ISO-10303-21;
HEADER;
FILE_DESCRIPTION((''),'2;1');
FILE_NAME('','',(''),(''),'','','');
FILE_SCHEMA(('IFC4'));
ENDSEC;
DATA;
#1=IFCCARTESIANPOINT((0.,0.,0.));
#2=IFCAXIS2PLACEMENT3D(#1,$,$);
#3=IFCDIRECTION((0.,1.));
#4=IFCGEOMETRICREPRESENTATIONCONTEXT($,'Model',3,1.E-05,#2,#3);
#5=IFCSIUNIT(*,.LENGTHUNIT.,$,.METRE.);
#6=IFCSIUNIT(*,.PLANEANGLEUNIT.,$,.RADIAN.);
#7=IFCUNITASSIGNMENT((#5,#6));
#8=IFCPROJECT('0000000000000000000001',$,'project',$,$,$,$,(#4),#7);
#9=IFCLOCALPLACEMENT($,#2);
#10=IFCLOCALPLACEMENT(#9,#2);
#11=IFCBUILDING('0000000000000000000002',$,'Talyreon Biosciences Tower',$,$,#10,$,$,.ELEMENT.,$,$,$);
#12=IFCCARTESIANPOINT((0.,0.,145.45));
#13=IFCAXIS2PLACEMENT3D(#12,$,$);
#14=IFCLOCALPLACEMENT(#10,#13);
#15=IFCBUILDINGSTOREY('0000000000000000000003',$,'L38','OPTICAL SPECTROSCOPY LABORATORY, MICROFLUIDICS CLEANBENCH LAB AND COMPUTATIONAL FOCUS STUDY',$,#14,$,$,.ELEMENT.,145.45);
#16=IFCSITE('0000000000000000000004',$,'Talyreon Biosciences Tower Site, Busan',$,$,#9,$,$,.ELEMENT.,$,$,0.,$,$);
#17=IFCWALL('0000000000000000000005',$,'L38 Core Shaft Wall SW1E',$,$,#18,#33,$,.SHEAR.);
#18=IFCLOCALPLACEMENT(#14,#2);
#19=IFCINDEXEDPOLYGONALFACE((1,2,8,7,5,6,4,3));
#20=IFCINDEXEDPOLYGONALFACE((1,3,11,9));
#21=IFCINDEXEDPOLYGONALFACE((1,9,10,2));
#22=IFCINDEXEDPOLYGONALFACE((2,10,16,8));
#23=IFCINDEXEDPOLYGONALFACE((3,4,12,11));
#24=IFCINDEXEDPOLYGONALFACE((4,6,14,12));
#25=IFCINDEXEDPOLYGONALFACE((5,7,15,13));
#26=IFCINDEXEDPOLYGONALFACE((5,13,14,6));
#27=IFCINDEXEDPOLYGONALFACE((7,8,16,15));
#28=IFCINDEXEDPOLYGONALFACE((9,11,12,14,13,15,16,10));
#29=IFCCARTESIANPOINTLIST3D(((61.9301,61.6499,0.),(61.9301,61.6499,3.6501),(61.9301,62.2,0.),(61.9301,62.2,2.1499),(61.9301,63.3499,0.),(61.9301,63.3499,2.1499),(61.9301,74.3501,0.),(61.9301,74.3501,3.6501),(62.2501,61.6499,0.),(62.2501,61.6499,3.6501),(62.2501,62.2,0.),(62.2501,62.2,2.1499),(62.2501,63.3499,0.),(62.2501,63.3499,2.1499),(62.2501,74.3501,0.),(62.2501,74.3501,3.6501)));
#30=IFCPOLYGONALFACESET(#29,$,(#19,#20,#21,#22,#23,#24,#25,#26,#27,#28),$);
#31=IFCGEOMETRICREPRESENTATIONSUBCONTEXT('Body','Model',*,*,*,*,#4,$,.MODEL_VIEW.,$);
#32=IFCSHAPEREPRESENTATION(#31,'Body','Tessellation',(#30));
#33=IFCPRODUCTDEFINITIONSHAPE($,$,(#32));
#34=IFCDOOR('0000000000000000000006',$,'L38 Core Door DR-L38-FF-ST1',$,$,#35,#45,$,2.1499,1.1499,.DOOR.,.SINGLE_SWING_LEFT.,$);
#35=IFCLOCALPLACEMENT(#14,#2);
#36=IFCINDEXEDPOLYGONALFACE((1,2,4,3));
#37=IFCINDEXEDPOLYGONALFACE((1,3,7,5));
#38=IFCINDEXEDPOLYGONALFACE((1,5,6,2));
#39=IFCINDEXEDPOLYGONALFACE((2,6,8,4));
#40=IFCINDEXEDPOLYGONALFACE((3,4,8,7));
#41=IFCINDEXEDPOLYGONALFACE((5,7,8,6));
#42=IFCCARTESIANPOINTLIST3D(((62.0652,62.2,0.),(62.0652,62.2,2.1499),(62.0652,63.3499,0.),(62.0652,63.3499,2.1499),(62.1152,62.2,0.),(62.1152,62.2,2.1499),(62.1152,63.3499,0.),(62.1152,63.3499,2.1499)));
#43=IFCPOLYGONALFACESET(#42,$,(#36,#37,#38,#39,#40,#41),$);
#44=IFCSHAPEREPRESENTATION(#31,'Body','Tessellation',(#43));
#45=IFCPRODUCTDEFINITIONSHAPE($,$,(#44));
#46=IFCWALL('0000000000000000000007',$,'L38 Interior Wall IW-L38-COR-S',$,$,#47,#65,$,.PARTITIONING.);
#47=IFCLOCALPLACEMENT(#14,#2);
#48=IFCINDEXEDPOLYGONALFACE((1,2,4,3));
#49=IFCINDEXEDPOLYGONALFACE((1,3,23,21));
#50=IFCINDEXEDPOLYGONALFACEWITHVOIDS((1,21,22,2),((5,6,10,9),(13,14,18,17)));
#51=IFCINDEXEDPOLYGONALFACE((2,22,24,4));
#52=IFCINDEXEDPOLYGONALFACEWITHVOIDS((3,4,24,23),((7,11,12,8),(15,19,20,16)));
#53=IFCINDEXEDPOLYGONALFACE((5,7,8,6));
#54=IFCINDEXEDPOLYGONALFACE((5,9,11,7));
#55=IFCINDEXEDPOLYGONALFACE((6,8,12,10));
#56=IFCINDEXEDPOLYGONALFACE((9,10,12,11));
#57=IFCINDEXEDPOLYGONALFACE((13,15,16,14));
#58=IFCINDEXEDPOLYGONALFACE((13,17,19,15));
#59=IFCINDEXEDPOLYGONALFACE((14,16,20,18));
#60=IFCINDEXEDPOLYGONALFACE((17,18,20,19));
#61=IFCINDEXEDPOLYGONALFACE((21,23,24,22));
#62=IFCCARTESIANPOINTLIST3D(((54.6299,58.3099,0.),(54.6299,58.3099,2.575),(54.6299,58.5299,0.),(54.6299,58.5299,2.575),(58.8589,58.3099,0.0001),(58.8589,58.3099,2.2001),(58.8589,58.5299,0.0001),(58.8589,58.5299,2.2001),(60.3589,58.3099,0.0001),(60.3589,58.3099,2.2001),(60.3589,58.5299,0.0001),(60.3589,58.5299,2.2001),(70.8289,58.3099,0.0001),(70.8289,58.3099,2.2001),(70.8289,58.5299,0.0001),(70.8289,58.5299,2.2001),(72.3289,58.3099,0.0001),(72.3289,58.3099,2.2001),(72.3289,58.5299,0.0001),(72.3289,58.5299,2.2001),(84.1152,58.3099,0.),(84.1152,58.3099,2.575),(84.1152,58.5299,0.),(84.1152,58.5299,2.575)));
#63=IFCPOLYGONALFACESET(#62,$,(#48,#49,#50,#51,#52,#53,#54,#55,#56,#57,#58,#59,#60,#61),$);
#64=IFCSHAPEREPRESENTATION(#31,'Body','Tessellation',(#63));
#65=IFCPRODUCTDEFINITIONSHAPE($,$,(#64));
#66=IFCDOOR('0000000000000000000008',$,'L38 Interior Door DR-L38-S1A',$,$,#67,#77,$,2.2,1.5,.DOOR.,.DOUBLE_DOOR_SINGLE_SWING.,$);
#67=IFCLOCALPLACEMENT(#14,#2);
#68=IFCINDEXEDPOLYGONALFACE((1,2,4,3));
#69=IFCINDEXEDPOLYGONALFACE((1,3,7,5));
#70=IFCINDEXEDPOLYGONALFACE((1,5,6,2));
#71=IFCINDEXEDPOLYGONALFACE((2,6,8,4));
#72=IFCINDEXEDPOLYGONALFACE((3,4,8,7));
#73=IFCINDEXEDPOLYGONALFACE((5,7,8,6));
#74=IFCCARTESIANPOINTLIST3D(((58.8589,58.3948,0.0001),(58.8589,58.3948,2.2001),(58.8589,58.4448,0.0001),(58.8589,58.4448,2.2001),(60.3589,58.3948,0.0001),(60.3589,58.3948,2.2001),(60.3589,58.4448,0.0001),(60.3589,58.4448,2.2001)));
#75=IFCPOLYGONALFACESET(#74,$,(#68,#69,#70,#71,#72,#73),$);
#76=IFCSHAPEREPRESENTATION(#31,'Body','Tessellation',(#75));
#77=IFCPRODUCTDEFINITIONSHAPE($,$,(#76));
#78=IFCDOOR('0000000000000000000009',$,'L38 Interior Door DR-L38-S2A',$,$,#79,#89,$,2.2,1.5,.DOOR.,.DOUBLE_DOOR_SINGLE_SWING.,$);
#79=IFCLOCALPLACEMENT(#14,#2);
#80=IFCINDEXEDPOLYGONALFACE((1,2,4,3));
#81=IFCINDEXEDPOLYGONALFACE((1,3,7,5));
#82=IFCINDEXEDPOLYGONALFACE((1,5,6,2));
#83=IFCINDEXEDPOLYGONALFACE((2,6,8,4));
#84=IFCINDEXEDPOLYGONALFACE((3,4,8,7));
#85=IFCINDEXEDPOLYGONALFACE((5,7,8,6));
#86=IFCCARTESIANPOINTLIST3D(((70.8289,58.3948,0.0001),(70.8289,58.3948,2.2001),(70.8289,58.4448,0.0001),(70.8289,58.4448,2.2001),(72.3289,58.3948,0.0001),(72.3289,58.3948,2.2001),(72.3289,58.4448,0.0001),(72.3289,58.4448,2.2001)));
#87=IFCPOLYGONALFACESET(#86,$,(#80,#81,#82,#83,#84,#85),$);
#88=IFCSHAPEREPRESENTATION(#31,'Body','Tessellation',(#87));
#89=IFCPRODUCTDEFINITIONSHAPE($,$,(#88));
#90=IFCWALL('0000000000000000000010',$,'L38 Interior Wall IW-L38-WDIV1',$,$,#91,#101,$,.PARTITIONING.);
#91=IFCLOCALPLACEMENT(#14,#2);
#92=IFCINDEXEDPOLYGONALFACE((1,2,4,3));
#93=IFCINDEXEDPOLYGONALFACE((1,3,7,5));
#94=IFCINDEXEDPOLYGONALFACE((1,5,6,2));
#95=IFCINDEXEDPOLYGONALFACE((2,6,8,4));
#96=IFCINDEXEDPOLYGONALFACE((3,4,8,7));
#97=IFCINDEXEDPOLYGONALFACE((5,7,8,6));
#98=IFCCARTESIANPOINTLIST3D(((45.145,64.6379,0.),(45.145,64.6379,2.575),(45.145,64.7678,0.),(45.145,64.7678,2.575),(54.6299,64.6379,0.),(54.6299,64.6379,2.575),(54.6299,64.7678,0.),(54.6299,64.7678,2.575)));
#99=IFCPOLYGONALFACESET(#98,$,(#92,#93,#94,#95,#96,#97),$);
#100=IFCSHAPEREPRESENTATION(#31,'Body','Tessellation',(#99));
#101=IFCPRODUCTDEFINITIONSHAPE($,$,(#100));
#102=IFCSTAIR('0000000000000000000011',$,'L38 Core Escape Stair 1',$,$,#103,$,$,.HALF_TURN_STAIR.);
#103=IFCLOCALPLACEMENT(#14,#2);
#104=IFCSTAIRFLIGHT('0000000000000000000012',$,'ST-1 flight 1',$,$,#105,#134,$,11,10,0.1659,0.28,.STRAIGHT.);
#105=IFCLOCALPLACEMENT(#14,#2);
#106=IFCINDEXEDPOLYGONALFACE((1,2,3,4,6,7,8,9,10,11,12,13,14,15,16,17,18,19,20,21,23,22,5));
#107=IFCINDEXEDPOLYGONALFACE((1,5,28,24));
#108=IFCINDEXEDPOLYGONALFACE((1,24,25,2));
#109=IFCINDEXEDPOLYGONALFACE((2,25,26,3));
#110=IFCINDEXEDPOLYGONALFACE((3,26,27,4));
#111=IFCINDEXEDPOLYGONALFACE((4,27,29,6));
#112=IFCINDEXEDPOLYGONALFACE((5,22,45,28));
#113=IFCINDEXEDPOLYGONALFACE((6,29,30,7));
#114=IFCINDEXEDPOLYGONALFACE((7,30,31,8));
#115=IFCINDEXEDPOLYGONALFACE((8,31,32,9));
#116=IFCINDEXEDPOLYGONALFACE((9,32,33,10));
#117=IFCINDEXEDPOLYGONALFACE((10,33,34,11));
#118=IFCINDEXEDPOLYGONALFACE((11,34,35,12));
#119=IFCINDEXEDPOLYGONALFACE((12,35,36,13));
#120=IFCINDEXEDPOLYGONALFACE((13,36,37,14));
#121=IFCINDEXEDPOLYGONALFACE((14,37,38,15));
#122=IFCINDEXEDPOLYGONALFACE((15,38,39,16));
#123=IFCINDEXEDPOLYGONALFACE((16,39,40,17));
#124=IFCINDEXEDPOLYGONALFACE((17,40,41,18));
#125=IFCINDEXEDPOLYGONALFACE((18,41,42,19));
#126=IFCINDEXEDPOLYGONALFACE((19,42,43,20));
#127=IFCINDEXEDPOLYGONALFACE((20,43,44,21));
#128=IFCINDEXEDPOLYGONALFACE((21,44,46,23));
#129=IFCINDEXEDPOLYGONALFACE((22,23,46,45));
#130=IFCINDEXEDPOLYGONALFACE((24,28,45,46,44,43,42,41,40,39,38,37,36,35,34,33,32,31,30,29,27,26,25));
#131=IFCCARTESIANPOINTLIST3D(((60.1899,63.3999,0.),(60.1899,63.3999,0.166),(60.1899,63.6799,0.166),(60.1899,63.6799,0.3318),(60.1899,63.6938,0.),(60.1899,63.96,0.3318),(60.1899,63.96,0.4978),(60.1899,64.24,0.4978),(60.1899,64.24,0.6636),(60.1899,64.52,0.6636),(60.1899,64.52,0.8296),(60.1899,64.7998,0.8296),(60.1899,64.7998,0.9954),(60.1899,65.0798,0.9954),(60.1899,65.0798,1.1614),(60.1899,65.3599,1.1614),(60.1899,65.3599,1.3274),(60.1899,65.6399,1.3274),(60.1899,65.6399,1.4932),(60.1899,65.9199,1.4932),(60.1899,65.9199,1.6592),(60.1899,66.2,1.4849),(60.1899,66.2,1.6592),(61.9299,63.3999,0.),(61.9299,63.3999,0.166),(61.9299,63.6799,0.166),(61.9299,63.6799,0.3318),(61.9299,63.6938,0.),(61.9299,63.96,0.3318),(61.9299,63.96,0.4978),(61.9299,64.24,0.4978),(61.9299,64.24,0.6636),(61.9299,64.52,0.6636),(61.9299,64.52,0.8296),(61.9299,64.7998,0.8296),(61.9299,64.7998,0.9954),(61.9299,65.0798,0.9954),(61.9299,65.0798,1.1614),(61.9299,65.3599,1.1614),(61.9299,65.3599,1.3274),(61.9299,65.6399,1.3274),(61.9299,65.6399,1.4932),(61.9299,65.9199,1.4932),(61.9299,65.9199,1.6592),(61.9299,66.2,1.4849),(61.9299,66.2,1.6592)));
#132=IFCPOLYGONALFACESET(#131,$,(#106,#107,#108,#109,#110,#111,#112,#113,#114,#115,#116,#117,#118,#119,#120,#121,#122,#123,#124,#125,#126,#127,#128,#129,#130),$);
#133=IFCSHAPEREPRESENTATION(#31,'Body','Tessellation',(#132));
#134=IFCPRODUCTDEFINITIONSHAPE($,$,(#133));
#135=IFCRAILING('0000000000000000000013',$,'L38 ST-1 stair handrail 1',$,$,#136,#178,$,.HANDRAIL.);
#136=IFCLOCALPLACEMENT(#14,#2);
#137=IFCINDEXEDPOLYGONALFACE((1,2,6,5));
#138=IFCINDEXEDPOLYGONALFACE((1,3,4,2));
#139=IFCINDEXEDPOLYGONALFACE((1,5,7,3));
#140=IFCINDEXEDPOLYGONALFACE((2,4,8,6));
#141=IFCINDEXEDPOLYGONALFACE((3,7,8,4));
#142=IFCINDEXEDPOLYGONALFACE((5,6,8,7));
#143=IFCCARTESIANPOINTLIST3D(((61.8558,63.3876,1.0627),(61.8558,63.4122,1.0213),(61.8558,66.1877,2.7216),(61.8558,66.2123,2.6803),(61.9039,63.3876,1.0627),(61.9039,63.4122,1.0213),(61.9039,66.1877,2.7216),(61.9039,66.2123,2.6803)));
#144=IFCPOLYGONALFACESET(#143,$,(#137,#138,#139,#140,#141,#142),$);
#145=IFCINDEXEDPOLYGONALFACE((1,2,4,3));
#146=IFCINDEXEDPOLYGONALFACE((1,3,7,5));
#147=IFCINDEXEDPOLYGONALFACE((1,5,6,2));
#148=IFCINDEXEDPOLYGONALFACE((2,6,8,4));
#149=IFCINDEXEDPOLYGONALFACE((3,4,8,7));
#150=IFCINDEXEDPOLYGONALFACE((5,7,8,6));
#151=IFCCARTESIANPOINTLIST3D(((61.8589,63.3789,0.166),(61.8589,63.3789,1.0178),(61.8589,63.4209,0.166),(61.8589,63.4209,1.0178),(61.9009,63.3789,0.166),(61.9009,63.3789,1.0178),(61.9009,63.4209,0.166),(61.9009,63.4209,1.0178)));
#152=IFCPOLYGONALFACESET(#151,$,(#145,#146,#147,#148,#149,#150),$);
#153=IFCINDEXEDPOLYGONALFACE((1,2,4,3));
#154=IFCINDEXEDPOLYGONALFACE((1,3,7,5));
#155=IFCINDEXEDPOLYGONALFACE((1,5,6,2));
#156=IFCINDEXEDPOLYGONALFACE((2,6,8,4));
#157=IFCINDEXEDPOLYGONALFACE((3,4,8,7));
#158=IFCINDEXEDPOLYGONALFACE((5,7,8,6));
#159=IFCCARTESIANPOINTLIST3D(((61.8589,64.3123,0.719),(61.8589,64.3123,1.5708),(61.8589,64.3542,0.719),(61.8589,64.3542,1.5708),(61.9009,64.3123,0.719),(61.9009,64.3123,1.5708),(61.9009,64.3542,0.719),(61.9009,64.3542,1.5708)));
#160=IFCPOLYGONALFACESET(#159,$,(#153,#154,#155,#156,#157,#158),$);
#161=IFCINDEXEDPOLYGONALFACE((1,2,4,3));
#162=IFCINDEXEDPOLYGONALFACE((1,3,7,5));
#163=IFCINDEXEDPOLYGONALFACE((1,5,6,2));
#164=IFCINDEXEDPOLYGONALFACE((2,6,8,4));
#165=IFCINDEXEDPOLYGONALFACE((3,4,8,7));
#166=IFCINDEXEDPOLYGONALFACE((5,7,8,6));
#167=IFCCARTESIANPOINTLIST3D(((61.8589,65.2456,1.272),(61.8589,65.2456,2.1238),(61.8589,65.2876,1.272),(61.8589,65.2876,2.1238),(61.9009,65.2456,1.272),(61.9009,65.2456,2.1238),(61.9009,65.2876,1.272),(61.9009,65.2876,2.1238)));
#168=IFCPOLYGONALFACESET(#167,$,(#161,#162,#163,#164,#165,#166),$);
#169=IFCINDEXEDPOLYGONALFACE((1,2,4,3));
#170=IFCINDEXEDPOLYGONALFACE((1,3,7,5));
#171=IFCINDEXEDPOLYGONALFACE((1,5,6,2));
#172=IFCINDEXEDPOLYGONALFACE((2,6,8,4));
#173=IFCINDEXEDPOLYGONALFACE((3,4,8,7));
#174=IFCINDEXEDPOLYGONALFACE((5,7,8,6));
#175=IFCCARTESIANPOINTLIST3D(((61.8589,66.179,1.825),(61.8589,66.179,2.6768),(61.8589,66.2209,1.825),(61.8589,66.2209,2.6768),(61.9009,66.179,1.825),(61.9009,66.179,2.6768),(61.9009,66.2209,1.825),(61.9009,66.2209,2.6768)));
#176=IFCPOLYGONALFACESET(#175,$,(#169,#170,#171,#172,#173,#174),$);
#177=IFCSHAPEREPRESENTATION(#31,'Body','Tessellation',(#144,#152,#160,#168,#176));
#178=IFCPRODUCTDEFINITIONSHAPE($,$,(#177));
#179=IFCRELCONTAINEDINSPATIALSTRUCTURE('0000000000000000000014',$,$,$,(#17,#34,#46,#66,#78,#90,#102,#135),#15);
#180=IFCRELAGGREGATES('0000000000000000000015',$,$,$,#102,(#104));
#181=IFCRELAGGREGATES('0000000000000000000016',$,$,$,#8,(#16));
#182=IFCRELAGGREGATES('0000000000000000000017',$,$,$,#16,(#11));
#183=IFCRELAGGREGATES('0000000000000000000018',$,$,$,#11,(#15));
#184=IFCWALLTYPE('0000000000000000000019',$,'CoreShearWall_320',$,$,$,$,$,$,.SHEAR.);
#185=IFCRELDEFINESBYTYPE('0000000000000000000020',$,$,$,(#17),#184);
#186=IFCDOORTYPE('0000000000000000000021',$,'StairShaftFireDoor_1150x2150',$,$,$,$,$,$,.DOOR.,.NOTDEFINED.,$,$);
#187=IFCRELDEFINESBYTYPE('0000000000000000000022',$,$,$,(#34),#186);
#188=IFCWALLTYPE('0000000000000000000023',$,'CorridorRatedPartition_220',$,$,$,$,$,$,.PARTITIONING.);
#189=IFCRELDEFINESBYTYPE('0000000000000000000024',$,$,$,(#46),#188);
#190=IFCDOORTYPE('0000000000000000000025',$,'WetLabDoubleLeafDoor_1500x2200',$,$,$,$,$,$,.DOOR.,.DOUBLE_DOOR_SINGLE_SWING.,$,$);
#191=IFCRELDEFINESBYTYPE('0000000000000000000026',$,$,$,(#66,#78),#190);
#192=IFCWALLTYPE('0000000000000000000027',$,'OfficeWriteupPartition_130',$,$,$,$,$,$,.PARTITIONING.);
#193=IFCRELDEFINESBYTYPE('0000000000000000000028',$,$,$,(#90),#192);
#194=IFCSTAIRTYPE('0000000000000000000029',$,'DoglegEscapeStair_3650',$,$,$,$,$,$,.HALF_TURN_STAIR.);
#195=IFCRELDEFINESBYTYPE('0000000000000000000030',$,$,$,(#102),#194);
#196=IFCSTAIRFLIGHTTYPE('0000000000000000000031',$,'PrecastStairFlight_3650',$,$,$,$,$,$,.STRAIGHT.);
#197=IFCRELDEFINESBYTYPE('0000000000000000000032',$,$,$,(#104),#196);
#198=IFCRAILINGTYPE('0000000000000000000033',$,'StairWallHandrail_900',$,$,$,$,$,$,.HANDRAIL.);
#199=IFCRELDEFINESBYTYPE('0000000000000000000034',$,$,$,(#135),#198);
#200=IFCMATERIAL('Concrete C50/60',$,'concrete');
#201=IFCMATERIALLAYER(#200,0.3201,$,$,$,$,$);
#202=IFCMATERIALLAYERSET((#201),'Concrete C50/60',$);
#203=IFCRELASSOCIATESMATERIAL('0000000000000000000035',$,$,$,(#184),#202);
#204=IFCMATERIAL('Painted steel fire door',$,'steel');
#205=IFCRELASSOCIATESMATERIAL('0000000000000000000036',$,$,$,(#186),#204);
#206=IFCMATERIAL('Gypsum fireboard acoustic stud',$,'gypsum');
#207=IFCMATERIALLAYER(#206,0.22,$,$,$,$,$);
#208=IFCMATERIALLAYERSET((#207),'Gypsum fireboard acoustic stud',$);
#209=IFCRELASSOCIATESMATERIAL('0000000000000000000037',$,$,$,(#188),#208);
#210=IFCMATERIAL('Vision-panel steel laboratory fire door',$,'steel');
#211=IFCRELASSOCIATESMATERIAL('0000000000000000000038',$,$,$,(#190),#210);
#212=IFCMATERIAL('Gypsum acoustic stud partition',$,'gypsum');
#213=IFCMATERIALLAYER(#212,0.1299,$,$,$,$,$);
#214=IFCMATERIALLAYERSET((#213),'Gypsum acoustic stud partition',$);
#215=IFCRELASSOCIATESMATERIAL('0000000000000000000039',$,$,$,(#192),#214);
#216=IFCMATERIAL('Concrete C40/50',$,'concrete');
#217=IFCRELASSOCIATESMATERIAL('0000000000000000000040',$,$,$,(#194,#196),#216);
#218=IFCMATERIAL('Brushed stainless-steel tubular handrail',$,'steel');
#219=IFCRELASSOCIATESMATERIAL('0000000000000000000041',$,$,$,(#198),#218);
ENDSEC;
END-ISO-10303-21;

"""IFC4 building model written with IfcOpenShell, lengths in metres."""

from ifc_helpers import new_model, si_unit, direction, frame, frame_2d, origin, origin_2d, place, context, subcontext, project, spatial, polyline, rectangle, outline, extrude, material, layer, layer_set, type_object, element, fill, aggregate, save


model = new_model("IFC4")

# Units and contexts
model_context = context("Model", 3, precision=1e-05, world=origin(), true_north=direction((0.0, 1.0)))
body_context = subcontext(model_context, "Body", "Model", "MODEL_VIEW")
ifc_project = project(units=[si_unit("LENGTHUNIT", "METRE"), si_unit("PLANEANGLEUNIT", "RADIAN")], contexts=[model_context])

# Site, building, storey
site_placement = place(None, origin())
site = spatial("IfcSite", under=ifc_project, at=site_placement, Name="Talyreon Biosciences Tower Site, Busan", CompositionType="ELEMENT", RefElevation=0.0)
building_placement = place(site_placement, origin())
building = spatial("IfcBuilding", under=site, at=building_placement, Name="Talyreon Biosciences Tower", CompositionType="ELEMENT")
storey_placement = place(building_placement, frame((0.0, 0.0, 145.45)))
storey = spatial("IfcBuildingStorey", under=building, at=storey_placement, Name="L38", Description="OPTICAL SPECTROSCOPY LABORATORY, MICROFLUIDICS CLEANBENCH LAB AND COMPUTATIONAL FOCUS STUDY", CompositionType="ELEMENT", Elevation=145.45)

# Shared definitions
ifc_material_1 = material(Name="Concrete C50/60", Category="concrete")

# Wall, opening, door
ifc_layer_1 = layer(ifc_material_1, 0.3201)
ifc_layer_set_1 = layer_set([ifc_layer_1], Name="Concrete C50/60")
wall_type_1 = type_object("IfcWallType", Name="CoreShearWall_320", PredefinedType="SHEAR", material=ifc_layer_set_1)
wall_1_placement = place(storey_placement, frame((62.0901, 61.6499, 0.0), z_axis=(0.0, 0.0, 1.0), x_axis=(0.0, 1.0, 0.0)))
wall_1 = element("IfcWall", 1, at=wall_1_placement, inside=storey, type_object=wall_type_1, Name="L38 Core Shaft Wall SW1E", PredefinedType="SHEAR", context=body_context, shape_type="SweptSolid", body=[
    extrude(rectangle(XDim=12.7002, YDim=0.3201, at=frame_2d((6.3501, 0.0))), origin(), (0.0, 0.0, 1.0), 3.6501),
])
opening_1_placement = place(wall_1_placement, frame((0.55, 0.0, 0.0)))
opening_1 = element("IfcOpeningElement", 2, at=opening_1_placement, cuts=wall_1, PredefinedType="OPENING", context=body_context, shape_type="SweptSolid", body=[
    extrude(rectangle(XDim=1.1499, YDim=2.1499, at=frame_2d((0.575, 1.075))), frame((0.0, 0.1699, 0.0), z_axis=(0.0, -1.0, 0.0), x_axis=(1.0, 0.0, 0.0)), (0.0, 0.0, 1.0), 0.3401),
])
ifc_material_2 = material(Name="Painted steel fire door", Category="steel")
door_type_1 = type_object("IfcDoorType", Name="StairShaftFireDoor_1150x2150", OperationType="NOTDEFINED", PredefinedType="DOOR", material=ifc_material_2)
door_1_placement = place(opening_1_placement, origin())
door_1 = element("IfcDoor", 3, at=door_1_placement, inside=storey, type_object=door_type_1, Name="L38 Core Door DR-L38-FF-ST1", OperationType="SINGLE_SWING_LEFT", OverallHeight=2.1499, OverallWidth=1.1499, PredefinedType="DOOR", context=body_context, shape_type="SweptSolid", body=[
    extrude(rectangle(XDim=1.1499, YDim=2.1499, at=frame_2d((0.575, 1.075))), frame((0.0, 0.0249, 0.0), z_axis=(0.0, -1.0, 0.0), x_axis=(1.0, 0.0, 0.0)), (0.0, 0.0, 1.0), 0.05),
])
fill(opening_1, door_1)

# Wall, openings, doors
ifc_material_3 = material(Name="Gypsum fireboard acoustic stud", Category="gypsum")
ifc_layer_2 = layer(ifc_material_3, 0.22)
ifc_layer_set_2 = layer_set([ifc_layer_2], Name="Gypsum fireboard acoustic stud")
wall_type_2 = type_object("IfcWallType", Name="CorridorRatedPartition_220", PredefinedType="PARTITIONING", material=ifc_layer_set_2)
wall_2_placement = place(storey_placement, frame((54.6299, 58.4199, 0.0), z_axis=(0.0, 0.0, 1.0), x_axis=(1.0, 0.0, 0.0)))
wall_2 = element("IfcWall", 4, at=wall_2_placement, inside=storey, type_object=wall_type_2, Name="L38 Interior Wall IW-L38-COR-S", PredefinedType="PARTITIONING", context=body_context, shape_type="SweptSolid", body=[
    extrude(rectangle(XDim=29.4854, YDim=0.22, at=frame_2d((14.7427, 0.0))), origin(), (0.0, 0.0, 1.0), 2.575),
])
opening_2_placement = place(wall_2_placement, frame((4.229, 0.0, 0.0)))
opening_2 = element("IfcOpeningElement", 5, at=opening_2_placement, cuts=wall_2, PredefinedType="OPENING", context=body_context, shape_type="SweptSolid", body=[
    extrude(rectangle(XDim=1.5, YDim=2.2, at=frame_2d((0.75, 1.1001))), frame((0.0, 0.1199, 0.0), z_axis=(0.0, -1.0, 0.0), x_axis=(1.0, 0.0, 0.0)), (0.0, 0.0, 1.0), 0.24),
])
opening_3_placement = place(wall_2_placement, frame((16.199, 0.0, 0.0)))
opening_3 = element("IfcOpeningElement", 6, at=opening_3_placement, cuts=wall_2, PredefinedType="OPENING", context=body_context, shape_type="SweptSolid", body=[
    extrude(rectangle(XDim=1.5, YDim=2.2, at=frame_2d((0.75, 1.1001))), frame((0.0, 0.1199, 0.0), z_axis=(0.0, -1.0, 0.0), x_axis=(1.0, 0.0, 0.0)), (0.0, 0.0, 1.0), 0.24),
])
ifc_material_4 = material(Name="Vision-panel steel laboratory fire door", Category="steel")
door_type_2 = type_object("IfcDoorType", Name="WetLabDoubleLeafDoor_1500x2200", OperationType="DOUBLE_DOOR_SINGLE_SWING", PredefinedType="DOOR", material=ifc_material_4)
door_2_placement = place(opening_2_placement, origin())
door_2 = element("IfcDoor", 7, at=door_2_placement, inside=storey, type_object=door_type_2, Name="L38 Interior Door DR-L38-S1A", OperationType="DOUBLE_DOOR_SINGLE_SWING", OverallHeight=2.2, OverallWidth=1.5, PredefinedType="DOOR", context=body_context, shape_type="SweptSolid", body=[
    extrude(rectangle(XDim=1.5, YDim=2.2, at=frame_2d((0.75, 1.1001))), frame((0.0, 0.0249, 0.0), z_axis=(0.0, -1.0, 0.0), x_axis=(1.0, 0.0, 0.0)), (0.0, 0.0, 1.0), 0.05),
])
fill(opening_2, door_2)
door_3_placement = place(opening_3_placement, origin())
door_3 = element("IfcDoor", 8, at=door_3_placement, inside=storey, type_object=door_type_2, Name="L38 Interior Door DR-L38-S2A", OperationType="DOUBLE_DOOR_SINGLE_SWING", OverallHeight=2.2, OverallWidth=1.5, PredefinedType="DOOR", context=body_context, shape_type="SweptSolid", body=[
    extrude(rectangle(XDim=1.5, YDim=2.2, at=frame_2d((0.75, 1.1001))), frame((0.0, 0.0249, 0.0), z_axis=(0.0, -1.0, 0.0), x_axis=(1.0, 0.0, 0.0)), (0.0, 0.0, 1.0), 0.05),
])
fill(opening_3, door_3)

# Wall
ifc_material_5 = material(Name="Gypsum acoustic stud partition", Category="gypsum")
ifc_layer_3 = layer(ifc_material_5, 0.1299)
ifc_layer_set_3 = layer_set([ifc_layer_3], Name="Gypsum acoustic stud partition")
wall_type_3 = type_object("IfcWallType", Name="OfficeWriteupPartition_130", PredefinedType="PARTITIONING", material=ifc_layer_set_3)
wall_3_placement = place(storey_placement, frame((45.145, 64.7029, 0.0), z_axis=(0.0, 0.0, 1.0), x_axis=(1.0, 0.0, 0.0)))
element("IfcWall", 9, at=wall_3_placement, inside=storey, type_object=wall_type_3, Name="L38 Interior Wall IW-L38-WDIV1", PredefinedType="PARTITIONING", context=body_context, shape_type="SweptSolid", body=[
    extrude(rectangle(XDim=9.4849, YDim=0.1299, at=frame_2d((4.7424, 0.0))), origin(), (0.0, 0.0, 1.0), 2.575),
])

# Stair, stair flight
ifc_material_6 = material(Name="Concrete C40/50", Category="concrete")
stair_type = type_object("IfcStairType", Name="DoglegEscapeStair_3650", PredefinedType="HALF_TURN_STAIR", material=ifc_material_6)
stair_placement = place(storey_placement, origin())
stair = element("IfcStair", 10, at=stair_placement, inside=storey, type_object=stair_type, Name="L38 Core Escape Stair 1", PredefinedType="HALF_TURN_STAIR")
stair_flight_type = type_object("IfcStairFlightType", Name="PrecastStairFlight_3650", PredefinedType="STRAIGHT", material=ifc_material_6)
stair_flight_placement = place(storey_placement, frame((61.0601, 63.3999, 0.0), z_axis=(0.0, 0.0, 1.0), x_axis=(0.0, 1.0, 0.0)))
stair_flight = element("IfcStairFlight", 11, at=stair_flight_placement, type_object=stair_flight_type, Name="ST-1 flight 1", NumberOfRisers=11, NumberOfTreads=10, PredefinedType="STRAIGHT", RiserHeight=0.1659, TreadLength=0.28, context=body_context, shape_type="SweptSolid", body=[
    extrude(outline(polyline([(0.0, 0.0), (0.0, 0.166), (0.28, 0.166), (0.28, 0.3318), (0.5601, 0.3318), (0.5601, 0.4978), (0.8401, 0.4978), (0.8401, 0.6636), (1.1201, 0.6636), (1.1201, 0.8296), (1.3999, 0.8296), (1.3999, 0.9954), (1.6799, 0.9954), (1.6799, 1.1614), (1.96, 1.1614), (1.96, 1.3274), (2.24, 1.3274), (2.24, 1.4932), (2.52, 1.4932), (2.52, 1.6592), (2.8, 1.6592), (2.8, 1.825), (2.8, 1.4849), (0.2939, 0.0), (0.0, 0.0)])), frame((0.0, 0.8701, 0.0), z_axis=(0.0, -1.0, 0.0), x_axis=(1.0, 0.0, 0.0)), (0.0, 0.0, 1.0), 1.74),
])
aggregate(stair, [stair_flight])

# Railing
ifc_material_7 = material(Name="Brushed stainless-steel tubular handrail", Category="steel")
railing_type_1 = type_object("IfcRailingType", Name="StairWallHandrail_900", PredefinedType="HANDRAIL", material=ifc_material_7)
railing_1_placement = place(storey_placement, frame((61.8799, 63.3999, 0.166)))
element("IfcRailing", 12, at=railing_1_placement, inside=storey, type_object=railing_type_1, Name="L38 ST-1 stair handrail 1", PredefinedType="HANDRAIL", context=body_context, shape_type="SweptSolid", body=[
    extrude(rectangle(XDim=0.0481, YDim=0.0481, at=origin_2d()), frame((0.0, 0.0, 0.876), z_axis=(0.0, 0.860339, 0.509722), x_axis=(-1.0, 0.0, 0.0)), (0.0, 0.0, 1.0), 3.2546),
    extrude(rectangle(XDim=0.042, YDim=0.042, at=origin_2d()), origin(), (0.0, 0.0, 1.0), 0.8518),
    extrude(rectangle(XDim=0.042, YDim=0.042, at=origin_2d()), frame((0.0, 0.9333, 0.553)), (0.0, 0.0, 1.0), 0.8518),
    extrude(rectangle(XDim=0.042, YDim=0.042, at=origin_2d()), frame((0.0, 1.8667, 1.106)), (0.0, 0.0, 1.0), 0.8518),
    extrude(rectangle(XDim=0.042, YDim=0.042, at=origin_2d()), frame((0.0, 2.8, 1.6589)), (0.0, 0.0, 1.0), 0.8518),
])

save(model, "model.ifc")
